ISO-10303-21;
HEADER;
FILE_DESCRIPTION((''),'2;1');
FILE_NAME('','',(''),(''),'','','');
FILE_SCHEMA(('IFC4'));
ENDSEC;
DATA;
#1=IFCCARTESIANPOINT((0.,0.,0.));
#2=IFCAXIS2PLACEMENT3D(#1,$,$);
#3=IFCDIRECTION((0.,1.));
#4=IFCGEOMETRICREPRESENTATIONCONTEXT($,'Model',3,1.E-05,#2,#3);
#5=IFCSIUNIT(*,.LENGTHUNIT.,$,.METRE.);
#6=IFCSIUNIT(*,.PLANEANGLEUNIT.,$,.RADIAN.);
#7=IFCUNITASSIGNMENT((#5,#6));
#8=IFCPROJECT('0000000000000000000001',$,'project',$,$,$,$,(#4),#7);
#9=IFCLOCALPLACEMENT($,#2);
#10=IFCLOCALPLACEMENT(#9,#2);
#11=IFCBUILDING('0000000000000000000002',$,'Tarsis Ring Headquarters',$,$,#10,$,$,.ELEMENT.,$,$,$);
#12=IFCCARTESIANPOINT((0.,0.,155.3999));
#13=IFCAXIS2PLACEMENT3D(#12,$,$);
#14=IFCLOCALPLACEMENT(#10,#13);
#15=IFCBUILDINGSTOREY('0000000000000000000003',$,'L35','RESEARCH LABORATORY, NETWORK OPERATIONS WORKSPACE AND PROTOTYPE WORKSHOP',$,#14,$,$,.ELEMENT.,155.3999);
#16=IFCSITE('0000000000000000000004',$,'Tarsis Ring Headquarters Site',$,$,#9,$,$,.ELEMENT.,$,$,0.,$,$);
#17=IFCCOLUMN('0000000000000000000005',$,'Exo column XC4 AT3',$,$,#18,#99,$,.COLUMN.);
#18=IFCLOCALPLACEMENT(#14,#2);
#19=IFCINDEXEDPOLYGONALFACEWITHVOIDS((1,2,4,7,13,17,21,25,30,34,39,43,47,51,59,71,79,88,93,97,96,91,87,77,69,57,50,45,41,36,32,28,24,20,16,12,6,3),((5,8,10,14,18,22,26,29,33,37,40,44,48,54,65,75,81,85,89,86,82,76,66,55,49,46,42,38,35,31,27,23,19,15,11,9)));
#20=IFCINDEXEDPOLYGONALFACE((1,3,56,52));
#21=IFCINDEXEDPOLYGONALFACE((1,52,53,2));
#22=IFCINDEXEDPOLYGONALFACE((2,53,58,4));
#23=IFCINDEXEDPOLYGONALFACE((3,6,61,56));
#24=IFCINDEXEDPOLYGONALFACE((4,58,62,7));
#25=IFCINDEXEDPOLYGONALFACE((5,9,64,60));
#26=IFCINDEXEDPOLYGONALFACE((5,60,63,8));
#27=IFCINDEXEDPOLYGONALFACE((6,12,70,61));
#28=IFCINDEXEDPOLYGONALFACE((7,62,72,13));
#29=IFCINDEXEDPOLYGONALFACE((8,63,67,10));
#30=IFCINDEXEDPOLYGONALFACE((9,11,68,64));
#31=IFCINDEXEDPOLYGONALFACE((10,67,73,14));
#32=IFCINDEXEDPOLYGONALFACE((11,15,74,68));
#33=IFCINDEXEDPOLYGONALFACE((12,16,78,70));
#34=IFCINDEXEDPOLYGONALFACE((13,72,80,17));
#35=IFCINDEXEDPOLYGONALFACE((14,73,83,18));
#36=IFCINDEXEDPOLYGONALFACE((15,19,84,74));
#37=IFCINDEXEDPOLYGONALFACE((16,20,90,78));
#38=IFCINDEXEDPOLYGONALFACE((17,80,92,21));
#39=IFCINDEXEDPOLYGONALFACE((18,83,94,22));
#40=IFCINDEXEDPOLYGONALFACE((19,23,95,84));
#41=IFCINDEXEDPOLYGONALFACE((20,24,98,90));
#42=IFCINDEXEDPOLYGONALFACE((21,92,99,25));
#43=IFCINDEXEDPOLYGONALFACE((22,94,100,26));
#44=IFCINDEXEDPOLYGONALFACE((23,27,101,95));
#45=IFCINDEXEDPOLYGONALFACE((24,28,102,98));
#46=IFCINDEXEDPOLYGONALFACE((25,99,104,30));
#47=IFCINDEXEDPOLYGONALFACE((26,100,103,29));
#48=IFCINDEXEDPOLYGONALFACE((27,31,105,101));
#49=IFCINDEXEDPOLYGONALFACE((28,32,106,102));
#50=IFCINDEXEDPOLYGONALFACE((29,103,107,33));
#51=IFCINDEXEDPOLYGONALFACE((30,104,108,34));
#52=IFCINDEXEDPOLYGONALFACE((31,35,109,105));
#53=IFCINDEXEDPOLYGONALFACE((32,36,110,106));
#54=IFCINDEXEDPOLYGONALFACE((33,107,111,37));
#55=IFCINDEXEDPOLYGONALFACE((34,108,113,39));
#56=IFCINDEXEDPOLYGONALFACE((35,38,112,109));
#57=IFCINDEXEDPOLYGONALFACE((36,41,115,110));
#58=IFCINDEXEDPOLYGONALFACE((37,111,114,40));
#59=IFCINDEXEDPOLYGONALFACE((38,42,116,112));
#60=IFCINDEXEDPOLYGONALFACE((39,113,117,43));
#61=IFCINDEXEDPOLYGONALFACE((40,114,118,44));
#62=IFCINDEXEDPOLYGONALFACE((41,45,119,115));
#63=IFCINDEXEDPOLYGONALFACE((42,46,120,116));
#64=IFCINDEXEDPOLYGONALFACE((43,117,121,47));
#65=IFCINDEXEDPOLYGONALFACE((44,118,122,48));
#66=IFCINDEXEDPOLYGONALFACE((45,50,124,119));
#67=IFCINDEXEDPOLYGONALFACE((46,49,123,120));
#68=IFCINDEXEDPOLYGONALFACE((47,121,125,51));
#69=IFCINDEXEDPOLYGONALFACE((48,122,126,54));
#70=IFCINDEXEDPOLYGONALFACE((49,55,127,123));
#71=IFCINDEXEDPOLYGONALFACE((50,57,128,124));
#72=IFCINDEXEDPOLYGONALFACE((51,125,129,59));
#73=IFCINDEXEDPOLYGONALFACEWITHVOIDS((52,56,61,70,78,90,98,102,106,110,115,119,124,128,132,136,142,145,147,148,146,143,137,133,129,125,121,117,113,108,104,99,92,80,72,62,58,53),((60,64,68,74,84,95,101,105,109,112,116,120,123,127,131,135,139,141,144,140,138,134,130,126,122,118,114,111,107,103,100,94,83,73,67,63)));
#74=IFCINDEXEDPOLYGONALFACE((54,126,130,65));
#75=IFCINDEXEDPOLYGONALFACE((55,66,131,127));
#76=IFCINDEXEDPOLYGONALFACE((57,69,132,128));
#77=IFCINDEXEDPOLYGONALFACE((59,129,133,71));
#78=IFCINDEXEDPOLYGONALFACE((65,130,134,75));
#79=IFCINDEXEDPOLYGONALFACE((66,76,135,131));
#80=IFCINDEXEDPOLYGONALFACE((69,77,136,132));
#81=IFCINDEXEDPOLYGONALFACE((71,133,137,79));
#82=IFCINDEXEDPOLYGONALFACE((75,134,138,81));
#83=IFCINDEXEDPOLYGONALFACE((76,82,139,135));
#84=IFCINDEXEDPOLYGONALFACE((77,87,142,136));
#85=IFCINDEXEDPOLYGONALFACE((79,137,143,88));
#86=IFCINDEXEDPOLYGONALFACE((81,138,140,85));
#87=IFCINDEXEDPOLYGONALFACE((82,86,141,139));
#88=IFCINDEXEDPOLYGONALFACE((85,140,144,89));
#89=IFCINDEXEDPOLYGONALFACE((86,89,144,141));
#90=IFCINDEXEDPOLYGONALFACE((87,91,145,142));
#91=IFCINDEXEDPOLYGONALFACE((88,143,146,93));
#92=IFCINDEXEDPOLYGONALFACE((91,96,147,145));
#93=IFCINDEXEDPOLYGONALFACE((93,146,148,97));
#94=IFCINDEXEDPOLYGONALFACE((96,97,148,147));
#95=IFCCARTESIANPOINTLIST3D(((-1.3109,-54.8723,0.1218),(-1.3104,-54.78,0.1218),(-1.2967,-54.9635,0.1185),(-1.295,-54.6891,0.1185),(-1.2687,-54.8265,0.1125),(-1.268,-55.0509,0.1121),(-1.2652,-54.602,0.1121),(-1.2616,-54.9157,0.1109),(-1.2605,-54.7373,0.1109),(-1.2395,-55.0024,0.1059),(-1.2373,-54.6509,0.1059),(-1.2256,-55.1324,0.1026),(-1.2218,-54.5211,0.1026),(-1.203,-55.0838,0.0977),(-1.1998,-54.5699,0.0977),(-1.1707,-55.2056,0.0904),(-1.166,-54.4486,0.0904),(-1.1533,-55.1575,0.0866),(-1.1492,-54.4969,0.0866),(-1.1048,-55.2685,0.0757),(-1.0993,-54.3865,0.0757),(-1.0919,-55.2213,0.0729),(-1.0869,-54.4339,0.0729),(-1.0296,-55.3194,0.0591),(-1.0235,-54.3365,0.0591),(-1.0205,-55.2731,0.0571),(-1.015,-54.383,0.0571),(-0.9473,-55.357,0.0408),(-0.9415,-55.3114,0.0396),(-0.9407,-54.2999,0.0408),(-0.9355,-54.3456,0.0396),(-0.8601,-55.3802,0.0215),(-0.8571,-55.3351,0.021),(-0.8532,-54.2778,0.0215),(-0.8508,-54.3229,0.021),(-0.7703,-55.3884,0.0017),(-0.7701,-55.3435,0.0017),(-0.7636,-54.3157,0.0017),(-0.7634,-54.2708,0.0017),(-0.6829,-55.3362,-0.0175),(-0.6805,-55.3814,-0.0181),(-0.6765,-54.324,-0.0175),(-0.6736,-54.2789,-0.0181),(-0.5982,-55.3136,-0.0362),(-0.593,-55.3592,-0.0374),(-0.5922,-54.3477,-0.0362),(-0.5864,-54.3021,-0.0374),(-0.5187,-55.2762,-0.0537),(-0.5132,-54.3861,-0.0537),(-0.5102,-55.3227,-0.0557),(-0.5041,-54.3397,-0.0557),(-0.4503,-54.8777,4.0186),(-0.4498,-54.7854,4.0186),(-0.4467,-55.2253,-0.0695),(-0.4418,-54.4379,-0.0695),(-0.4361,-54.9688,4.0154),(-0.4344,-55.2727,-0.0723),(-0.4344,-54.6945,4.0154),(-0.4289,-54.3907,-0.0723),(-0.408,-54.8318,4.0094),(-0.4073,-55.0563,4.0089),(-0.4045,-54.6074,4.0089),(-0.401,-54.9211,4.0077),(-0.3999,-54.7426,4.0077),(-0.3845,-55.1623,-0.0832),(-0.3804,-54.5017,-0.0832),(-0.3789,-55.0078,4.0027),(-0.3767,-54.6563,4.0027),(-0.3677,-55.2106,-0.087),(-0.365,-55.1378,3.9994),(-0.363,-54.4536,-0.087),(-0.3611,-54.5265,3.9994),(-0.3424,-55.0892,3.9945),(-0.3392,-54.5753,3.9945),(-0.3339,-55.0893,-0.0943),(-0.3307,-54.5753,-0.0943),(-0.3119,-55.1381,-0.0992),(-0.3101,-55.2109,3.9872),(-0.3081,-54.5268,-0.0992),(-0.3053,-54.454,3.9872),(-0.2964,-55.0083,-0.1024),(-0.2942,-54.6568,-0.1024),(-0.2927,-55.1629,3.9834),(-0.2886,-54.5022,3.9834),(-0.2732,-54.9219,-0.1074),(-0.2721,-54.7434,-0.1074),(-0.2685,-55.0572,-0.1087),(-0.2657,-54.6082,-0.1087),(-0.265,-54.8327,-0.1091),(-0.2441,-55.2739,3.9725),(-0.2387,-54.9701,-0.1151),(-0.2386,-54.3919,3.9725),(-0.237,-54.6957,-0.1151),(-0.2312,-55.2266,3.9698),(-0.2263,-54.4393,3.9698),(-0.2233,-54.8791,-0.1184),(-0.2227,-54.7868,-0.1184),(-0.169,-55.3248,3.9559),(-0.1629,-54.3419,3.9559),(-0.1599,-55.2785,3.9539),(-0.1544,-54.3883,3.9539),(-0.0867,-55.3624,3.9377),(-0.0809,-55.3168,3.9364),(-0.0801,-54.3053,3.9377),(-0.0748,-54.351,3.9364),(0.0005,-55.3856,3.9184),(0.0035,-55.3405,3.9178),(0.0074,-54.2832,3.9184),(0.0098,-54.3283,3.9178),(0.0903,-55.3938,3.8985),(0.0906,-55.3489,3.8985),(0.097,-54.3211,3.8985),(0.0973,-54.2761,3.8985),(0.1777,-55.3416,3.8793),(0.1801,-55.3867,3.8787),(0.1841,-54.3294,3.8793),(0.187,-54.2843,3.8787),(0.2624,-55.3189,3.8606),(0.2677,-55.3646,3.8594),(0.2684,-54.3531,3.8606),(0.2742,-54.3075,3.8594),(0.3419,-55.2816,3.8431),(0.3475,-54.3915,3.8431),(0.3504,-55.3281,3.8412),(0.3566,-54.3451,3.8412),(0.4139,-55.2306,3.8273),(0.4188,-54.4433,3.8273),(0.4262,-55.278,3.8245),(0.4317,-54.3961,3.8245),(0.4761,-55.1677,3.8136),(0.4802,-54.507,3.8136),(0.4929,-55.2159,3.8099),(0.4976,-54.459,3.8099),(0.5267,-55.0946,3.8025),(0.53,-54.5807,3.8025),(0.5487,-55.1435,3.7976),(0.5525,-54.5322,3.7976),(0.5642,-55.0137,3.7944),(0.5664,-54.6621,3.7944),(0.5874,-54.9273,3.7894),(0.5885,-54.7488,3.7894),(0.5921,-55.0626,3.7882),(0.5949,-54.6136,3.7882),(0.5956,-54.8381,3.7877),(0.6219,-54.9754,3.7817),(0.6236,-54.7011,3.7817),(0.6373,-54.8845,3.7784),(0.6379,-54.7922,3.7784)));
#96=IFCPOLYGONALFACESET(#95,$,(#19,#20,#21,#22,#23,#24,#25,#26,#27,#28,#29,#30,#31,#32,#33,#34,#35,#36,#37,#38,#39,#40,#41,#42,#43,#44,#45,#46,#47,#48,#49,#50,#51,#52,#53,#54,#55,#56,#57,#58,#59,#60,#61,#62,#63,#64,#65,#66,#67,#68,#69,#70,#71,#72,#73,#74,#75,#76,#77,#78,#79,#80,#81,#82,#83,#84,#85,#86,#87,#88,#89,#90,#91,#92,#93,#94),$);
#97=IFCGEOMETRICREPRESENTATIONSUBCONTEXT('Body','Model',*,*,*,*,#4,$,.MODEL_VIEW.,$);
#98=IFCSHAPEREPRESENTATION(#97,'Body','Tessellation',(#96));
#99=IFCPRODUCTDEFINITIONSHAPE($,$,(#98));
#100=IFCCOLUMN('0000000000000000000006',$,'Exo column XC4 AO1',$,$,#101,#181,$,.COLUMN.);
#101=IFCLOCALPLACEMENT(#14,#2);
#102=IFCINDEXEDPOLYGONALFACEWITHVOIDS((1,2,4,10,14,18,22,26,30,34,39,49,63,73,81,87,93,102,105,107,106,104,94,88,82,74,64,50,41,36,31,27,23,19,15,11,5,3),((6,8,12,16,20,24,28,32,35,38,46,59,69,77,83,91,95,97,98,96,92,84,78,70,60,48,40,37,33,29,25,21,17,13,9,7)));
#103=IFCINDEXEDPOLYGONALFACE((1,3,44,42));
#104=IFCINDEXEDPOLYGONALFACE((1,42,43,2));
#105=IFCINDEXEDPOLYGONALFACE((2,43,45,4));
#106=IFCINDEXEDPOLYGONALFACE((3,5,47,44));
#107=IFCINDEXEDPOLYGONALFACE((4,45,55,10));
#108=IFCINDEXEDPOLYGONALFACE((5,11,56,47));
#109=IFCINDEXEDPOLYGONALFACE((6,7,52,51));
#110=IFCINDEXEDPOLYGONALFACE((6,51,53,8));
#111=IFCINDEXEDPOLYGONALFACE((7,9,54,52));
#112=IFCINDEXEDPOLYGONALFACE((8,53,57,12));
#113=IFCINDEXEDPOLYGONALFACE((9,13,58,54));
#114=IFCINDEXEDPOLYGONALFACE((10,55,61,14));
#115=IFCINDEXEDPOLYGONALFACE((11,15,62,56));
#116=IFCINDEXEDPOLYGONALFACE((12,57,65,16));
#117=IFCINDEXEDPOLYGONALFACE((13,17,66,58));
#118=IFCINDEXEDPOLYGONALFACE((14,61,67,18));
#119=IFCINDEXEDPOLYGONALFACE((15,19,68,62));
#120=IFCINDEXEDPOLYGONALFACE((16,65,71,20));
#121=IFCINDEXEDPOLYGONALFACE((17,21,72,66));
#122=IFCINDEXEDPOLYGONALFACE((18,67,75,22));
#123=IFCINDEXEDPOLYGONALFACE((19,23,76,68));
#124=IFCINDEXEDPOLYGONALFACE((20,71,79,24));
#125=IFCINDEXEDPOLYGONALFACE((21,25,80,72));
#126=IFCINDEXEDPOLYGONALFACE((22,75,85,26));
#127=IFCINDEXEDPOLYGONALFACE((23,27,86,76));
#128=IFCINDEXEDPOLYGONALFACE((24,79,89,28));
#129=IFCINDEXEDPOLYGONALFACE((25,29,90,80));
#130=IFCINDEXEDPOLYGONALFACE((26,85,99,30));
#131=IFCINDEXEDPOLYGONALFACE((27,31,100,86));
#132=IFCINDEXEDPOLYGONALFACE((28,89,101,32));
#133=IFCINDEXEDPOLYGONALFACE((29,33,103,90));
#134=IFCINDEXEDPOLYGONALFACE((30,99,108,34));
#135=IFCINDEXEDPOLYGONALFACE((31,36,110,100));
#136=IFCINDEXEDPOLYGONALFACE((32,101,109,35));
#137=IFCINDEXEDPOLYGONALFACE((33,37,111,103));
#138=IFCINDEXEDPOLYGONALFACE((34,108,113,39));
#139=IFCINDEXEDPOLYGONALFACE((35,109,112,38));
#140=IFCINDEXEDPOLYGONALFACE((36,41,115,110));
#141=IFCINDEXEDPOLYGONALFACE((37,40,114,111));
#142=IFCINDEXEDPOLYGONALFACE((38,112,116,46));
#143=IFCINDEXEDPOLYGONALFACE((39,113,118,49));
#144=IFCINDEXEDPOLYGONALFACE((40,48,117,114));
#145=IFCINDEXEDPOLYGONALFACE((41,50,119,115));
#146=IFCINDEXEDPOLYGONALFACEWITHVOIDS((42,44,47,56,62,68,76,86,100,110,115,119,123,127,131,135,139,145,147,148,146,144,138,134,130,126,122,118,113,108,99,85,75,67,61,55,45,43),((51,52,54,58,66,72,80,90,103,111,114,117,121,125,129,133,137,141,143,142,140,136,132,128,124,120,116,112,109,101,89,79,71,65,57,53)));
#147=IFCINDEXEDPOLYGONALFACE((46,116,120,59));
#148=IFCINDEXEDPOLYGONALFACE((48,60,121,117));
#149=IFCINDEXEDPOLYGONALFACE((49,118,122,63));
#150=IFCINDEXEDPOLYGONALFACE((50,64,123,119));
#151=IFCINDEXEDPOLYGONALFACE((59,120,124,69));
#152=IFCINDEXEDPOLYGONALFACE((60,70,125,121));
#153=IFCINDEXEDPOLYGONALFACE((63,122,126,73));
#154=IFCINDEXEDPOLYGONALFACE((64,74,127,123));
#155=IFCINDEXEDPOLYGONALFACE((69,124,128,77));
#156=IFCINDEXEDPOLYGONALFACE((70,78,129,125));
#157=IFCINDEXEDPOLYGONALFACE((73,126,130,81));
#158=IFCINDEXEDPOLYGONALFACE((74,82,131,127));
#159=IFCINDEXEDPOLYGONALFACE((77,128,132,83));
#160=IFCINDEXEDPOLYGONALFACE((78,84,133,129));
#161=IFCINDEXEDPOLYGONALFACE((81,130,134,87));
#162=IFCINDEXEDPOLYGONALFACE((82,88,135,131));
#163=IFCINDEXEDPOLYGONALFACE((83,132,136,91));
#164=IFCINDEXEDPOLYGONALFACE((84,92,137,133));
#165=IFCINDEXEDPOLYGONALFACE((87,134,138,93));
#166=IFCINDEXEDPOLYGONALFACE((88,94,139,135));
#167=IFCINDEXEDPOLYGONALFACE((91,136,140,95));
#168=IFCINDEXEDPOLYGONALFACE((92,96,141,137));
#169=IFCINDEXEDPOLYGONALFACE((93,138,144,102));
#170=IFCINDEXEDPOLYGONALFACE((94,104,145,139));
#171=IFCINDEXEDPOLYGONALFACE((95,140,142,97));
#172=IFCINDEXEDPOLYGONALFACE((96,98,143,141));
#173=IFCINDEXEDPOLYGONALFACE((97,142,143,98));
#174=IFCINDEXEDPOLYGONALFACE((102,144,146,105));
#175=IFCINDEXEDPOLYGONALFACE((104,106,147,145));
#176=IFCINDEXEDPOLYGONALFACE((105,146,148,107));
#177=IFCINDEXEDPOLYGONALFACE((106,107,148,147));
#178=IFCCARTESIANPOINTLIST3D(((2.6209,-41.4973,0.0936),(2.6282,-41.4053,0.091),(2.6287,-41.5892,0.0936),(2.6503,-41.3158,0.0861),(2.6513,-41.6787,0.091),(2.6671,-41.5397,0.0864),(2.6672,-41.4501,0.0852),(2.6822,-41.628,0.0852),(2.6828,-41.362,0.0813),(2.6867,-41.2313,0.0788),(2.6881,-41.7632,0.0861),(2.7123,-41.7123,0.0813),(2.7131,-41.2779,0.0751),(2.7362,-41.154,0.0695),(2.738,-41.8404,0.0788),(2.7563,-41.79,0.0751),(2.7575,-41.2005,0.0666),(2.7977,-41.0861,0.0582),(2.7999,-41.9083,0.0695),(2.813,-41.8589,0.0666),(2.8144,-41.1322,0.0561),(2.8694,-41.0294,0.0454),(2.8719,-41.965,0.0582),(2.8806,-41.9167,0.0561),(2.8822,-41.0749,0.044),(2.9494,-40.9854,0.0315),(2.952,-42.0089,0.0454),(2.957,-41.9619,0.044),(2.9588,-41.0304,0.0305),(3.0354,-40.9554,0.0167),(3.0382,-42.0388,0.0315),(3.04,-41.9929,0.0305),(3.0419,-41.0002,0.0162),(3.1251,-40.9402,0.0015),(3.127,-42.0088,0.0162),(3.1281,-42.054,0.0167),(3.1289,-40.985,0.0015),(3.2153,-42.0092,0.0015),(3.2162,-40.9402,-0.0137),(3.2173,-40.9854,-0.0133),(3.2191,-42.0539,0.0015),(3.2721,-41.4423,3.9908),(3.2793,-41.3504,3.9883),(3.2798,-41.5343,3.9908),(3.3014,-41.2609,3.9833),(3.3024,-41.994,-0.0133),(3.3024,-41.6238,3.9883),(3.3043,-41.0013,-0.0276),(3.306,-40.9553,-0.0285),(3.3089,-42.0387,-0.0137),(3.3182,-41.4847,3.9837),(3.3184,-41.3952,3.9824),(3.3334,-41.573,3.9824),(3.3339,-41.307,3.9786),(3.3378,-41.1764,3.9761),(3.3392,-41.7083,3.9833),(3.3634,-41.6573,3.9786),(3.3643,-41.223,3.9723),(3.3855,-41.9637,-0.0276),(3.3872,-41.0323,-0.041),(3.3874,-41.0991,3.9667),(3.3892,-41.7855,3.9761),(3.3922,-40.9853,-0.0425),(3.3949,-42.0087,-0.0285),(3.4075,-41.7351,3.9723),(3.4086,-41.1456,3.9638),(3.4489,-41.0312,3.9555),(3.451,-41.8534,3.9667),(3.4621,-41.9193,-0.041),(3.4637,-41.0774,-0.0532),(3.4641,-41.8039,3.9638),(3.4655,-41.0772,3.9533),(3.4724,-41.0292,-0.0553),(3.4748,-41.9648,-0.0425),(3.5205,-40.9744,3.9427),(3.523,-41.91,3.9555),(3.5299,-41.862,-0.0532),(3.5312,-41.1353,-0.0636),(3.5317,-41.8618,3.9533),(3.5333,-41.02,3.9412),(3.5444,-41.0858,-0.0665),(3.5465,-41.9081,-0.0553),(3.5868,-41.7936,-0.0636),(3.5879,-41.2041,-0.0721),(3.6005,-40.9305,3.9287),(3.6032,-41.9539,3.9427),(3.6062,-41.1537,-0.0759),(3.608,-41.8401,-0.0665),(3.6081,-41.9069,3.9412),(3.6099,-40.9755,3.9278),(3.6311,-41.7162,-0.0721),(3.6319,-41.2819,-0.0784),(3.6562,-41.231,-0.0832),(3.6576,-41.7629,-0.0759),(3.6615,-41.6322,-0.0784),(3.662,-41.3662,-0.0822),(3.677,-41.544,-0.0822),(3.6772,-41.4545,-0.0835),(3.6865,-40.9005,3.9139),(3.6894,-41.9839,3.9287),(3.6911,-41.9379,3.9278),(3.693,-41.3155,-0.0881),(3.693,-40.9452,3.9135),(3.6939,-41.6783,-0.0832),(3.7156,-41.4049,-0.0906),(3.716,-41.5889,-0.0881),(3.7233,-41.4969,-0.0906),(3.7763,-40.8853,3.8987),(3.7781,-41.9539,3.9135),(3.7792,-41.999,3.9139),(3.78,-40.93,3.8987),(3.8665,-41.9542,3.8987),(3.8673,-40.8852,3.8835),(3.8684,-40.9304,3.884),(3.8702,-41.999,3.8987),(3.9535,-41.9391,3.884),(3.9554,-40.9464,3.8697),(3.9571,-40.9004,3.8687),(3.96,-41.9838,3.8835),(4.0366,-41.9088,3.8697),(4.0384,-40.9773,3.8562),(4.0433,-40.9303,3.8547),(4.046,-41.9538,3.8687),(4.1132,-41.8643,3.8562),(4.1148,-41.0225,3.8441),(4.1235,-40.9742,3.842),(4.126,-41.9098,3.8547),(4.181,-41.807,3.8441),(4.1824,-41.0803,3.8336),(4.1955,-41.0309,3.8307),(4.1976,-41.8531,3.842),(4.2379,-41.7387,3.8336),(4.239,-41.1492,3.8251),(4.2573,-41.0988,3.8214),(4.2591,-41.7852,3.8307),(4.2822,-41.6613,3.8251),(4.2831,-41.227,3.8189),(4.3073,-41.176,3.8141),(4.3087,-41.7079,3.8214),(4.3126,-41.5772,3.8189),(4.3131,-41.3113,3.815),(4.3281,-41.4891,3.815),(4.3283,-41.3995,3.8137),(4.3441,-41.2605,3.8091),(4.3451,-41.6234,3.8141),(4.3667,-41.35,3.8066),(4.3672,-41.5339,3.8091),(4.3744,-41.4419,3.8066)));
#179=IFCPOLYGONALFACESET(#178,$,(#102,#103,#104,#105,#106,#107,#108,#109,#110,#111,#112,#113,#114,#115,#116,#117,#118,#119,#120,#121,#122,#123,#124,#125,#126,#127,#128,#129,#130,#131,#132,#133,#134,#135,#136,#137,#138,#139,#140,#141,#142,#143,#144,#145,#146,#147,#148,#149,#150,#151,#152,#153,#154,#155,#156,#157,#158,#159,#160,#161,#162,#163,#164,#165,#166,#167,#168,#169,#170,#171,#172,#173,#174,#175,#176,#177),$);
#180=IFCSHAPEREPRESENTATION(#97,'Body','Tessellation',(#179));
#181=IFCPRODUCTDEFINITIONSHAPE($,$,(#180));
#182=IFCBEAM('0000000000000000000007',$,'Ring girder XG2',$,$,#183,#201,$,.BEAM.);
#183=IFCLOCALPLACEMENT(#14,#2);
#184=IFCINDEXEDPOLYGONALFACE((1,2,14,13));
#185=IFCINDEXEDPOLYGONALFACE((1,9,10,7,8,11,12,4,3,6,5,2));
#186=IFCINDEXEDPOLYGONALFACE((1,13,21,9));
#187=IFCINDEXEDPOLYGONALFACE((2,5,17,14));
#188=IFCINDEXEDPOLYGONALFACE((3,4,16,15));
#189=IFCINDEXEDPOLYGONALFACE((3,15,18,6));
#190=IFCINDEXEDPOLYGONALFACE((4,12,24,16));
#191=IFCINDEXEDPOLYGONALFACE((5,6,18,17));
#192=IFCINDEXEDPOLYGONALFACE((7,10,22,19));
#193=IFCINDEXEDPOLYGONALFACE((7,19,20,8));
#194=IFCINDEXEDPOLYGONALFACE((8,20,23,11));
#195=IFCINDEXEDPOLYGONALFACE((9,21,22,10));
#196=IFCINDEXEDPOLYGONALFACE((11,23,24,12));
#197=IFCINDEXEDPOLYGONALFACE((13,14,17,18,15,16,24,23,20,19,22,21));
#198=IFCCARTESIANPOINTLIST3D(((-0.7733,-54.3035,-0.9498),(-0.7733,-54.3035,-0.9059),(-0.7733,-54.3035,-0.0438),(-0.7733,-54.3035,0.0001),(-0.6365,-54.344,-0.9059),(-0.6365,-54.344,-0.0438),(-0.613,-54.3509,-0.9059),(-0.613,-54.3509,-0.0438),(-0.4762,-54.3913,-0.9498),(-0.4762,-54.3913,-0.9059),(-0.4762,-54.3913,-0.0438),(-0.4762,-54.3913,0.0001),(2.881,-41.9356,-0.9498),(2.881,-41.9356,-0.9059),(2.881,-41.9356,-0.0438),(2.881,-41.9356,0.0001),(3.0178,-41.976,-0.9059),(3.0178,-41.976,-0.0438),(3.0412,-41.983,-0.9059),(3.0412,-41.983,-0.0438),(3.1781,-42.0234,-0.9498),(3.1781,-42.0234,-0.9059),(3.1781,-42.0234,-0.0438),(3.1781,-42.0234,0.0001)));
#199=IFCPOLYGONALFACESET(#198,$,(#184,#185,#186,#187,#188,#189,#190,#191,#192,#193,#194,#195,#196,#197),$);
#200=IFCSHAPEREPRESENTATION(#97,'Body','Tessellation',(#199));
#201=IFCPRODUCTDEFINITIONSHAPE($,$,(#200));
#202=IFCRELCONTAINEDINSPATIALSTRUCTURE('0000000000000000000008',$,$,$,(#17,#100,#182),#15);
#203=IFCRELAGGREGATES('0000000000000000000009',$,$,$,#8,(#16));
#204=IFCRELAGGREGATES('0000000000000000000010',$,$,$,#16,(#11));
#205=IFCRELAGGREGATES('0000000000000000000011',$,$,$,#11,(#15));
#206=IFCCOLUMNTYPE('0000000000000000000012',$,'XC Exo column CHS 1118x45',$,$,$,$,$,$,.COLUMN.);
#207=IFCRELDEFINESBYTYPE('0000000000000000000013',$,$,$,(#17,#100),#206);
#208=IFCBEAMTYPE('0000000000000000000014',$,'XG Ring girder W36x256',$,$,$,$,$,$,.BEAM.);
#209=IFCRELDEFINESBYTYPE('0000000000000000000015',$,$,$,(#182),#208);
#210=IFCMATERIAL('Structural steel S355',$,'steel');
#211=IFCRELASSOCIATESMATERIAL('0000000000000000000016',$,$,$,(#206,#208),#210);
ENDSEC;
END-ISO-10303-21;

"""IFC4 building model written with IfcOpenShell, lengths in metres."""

from ifc_helpers import new_model, si_unit, direction, frame, origin, origin_2d, place, context, subcontext, project, spatial, hollow_circle, i_section, extrude, material, material_profile, profile_set, type_object, element, save


model = new_model("IFC4")

# Units and contexts
model_context = context("Model", 3, precision=1e-05, world=origin(), true_north=direction((0.0, 1.0)))
body_context = subcontext(model_context, "Body", "Model", "MODEL_VIEW")
ifc_project = project(units=[si_unit("LENGTHUNIT", "METRE"), si_unit("PLANEANGLEUNIT", "RADIAN")], contexts=[model_context])

# Site, building, storey
site_placement = place(None, origin())
site = spatial("IfcSite", under=ifc_project, at=site_placement, Name="Tarsis Ring Headquarters Site", CompositionType="ELEMENT", RefElevation=0.0)
building_placement = place(site_placement, origin())
building = spatial("IfcBuilding", under=site, at=building_placement, Name="Tarsis Ring Headquarters", CompositionType="ELEMENT")
storey_placement = place(building_placement, frame((0.0, 0.0, 155.3999)))
storey = spatial("IfcBuildingStorey", under=building, at=storey_placement, Name="L35", Description="RESEARCH LABORATORY, NETWORK OPERATIONS WORKSPACE AND PROTOTYPE WORKSHOP", CompositionType="ELEMENT", Elevation=155.3999)

# Columns
ifc_material_1 = material(Name="Structural steel S355", Category="steel")
ifc_material_profile_1 = material_profile(ifc_material_1, hollow_circle(Radius=0.5588, WallThickness=0.0449, at=origin_2d()), Name="CHS 1118x45")
ifc_profile_set_1 = profile_set([ifc_material_profile_1], Name="Structural steel S355")
column_type = type_object("IfcColumnType", Name="XC Exo column CHS 1118x45", PredefinedType="COLUMN", material=ifc_profile_set_1)
column_1_placement = place(storey_placement, frame((-0.7668, -54.8296, 0.0017), z_axis=(0.215654, -0.001346, 0.976469), x_axis=(0.006241, 0.999981, 0.0)))
element("IfcColumn", 1, at=column_1_placement, inside=storey, type_object=column_type, Name="Exo column XC4 AT3", PredefinedType="COLUMN", context=body_context, shape_type="SweptSolid", body=[
    extrude(hollow_circle(Radius=0.5588, WallThickness=0.0449, at=origin_2d()), origin(), (0.0, 0.0, 1.0), 3.9907),
])
column_2_placement = place(storey_placement, frame((3.1721, -41.4971, 0.0015), z_axis=(0.164774, 0.013901, 0.986233), x_axis=(-0.084066, 0.99646, 0.0)))
element("IfcColumn", 2, at=column_2_placement, inside=storey, type_object=column_type, Name="Exo column XC4 AO1", PredefinedType="COLUMN", context=body_context, shape_type="SweptSolid", body=[
    extrude(hollow_circle(Radius=0.5588, WallThickness=0.0449, at=origin_2d()), origin(), (0.0, 0.0, 1.0), 3.9517),
])

# Beam
ifc_material_profile_2 = material_profile(ifc_material_1, i_section(OverallWidth=0.3098, OverallDepth=0.95, WebThickness=0.0244, FlangeThickness=0.0439, at=origin_2d()), Name="W36x256")
ifc_profile_set_2 = profile_set([ifc_material_profile_2], Name="Structural steel S355")
beam_type = type_object("IfcBeamType", Name="XG Ring girder W36x256", PredefinedType="BEAM", material=ifc_profile_set_2)
beam_placement = place(storey_placement, frame((-0.6248, -54.3474, -0.4749), z_axis=(0.283356, 0.959015, 0.0), x_axis=(-0.959015, 0.283356, 0.0)))
element("IfcBeam", 3, at=beam_placement, inside=storey, type_object=beam_type, Name="Ring girder XG2", PredefinedType="BEAM", context=body_context, shape_type="SweptSolid", body=[
    extrude(i_section(OverallWidth=0.3098, OverallDepth=0.95, WebThickness=0.0244, FlangeThickness=0.0439, at=origin_2d()), origin(), (0.0, 0.0, 1.0), 12.8965),
])

save(model, "model.ifc")
